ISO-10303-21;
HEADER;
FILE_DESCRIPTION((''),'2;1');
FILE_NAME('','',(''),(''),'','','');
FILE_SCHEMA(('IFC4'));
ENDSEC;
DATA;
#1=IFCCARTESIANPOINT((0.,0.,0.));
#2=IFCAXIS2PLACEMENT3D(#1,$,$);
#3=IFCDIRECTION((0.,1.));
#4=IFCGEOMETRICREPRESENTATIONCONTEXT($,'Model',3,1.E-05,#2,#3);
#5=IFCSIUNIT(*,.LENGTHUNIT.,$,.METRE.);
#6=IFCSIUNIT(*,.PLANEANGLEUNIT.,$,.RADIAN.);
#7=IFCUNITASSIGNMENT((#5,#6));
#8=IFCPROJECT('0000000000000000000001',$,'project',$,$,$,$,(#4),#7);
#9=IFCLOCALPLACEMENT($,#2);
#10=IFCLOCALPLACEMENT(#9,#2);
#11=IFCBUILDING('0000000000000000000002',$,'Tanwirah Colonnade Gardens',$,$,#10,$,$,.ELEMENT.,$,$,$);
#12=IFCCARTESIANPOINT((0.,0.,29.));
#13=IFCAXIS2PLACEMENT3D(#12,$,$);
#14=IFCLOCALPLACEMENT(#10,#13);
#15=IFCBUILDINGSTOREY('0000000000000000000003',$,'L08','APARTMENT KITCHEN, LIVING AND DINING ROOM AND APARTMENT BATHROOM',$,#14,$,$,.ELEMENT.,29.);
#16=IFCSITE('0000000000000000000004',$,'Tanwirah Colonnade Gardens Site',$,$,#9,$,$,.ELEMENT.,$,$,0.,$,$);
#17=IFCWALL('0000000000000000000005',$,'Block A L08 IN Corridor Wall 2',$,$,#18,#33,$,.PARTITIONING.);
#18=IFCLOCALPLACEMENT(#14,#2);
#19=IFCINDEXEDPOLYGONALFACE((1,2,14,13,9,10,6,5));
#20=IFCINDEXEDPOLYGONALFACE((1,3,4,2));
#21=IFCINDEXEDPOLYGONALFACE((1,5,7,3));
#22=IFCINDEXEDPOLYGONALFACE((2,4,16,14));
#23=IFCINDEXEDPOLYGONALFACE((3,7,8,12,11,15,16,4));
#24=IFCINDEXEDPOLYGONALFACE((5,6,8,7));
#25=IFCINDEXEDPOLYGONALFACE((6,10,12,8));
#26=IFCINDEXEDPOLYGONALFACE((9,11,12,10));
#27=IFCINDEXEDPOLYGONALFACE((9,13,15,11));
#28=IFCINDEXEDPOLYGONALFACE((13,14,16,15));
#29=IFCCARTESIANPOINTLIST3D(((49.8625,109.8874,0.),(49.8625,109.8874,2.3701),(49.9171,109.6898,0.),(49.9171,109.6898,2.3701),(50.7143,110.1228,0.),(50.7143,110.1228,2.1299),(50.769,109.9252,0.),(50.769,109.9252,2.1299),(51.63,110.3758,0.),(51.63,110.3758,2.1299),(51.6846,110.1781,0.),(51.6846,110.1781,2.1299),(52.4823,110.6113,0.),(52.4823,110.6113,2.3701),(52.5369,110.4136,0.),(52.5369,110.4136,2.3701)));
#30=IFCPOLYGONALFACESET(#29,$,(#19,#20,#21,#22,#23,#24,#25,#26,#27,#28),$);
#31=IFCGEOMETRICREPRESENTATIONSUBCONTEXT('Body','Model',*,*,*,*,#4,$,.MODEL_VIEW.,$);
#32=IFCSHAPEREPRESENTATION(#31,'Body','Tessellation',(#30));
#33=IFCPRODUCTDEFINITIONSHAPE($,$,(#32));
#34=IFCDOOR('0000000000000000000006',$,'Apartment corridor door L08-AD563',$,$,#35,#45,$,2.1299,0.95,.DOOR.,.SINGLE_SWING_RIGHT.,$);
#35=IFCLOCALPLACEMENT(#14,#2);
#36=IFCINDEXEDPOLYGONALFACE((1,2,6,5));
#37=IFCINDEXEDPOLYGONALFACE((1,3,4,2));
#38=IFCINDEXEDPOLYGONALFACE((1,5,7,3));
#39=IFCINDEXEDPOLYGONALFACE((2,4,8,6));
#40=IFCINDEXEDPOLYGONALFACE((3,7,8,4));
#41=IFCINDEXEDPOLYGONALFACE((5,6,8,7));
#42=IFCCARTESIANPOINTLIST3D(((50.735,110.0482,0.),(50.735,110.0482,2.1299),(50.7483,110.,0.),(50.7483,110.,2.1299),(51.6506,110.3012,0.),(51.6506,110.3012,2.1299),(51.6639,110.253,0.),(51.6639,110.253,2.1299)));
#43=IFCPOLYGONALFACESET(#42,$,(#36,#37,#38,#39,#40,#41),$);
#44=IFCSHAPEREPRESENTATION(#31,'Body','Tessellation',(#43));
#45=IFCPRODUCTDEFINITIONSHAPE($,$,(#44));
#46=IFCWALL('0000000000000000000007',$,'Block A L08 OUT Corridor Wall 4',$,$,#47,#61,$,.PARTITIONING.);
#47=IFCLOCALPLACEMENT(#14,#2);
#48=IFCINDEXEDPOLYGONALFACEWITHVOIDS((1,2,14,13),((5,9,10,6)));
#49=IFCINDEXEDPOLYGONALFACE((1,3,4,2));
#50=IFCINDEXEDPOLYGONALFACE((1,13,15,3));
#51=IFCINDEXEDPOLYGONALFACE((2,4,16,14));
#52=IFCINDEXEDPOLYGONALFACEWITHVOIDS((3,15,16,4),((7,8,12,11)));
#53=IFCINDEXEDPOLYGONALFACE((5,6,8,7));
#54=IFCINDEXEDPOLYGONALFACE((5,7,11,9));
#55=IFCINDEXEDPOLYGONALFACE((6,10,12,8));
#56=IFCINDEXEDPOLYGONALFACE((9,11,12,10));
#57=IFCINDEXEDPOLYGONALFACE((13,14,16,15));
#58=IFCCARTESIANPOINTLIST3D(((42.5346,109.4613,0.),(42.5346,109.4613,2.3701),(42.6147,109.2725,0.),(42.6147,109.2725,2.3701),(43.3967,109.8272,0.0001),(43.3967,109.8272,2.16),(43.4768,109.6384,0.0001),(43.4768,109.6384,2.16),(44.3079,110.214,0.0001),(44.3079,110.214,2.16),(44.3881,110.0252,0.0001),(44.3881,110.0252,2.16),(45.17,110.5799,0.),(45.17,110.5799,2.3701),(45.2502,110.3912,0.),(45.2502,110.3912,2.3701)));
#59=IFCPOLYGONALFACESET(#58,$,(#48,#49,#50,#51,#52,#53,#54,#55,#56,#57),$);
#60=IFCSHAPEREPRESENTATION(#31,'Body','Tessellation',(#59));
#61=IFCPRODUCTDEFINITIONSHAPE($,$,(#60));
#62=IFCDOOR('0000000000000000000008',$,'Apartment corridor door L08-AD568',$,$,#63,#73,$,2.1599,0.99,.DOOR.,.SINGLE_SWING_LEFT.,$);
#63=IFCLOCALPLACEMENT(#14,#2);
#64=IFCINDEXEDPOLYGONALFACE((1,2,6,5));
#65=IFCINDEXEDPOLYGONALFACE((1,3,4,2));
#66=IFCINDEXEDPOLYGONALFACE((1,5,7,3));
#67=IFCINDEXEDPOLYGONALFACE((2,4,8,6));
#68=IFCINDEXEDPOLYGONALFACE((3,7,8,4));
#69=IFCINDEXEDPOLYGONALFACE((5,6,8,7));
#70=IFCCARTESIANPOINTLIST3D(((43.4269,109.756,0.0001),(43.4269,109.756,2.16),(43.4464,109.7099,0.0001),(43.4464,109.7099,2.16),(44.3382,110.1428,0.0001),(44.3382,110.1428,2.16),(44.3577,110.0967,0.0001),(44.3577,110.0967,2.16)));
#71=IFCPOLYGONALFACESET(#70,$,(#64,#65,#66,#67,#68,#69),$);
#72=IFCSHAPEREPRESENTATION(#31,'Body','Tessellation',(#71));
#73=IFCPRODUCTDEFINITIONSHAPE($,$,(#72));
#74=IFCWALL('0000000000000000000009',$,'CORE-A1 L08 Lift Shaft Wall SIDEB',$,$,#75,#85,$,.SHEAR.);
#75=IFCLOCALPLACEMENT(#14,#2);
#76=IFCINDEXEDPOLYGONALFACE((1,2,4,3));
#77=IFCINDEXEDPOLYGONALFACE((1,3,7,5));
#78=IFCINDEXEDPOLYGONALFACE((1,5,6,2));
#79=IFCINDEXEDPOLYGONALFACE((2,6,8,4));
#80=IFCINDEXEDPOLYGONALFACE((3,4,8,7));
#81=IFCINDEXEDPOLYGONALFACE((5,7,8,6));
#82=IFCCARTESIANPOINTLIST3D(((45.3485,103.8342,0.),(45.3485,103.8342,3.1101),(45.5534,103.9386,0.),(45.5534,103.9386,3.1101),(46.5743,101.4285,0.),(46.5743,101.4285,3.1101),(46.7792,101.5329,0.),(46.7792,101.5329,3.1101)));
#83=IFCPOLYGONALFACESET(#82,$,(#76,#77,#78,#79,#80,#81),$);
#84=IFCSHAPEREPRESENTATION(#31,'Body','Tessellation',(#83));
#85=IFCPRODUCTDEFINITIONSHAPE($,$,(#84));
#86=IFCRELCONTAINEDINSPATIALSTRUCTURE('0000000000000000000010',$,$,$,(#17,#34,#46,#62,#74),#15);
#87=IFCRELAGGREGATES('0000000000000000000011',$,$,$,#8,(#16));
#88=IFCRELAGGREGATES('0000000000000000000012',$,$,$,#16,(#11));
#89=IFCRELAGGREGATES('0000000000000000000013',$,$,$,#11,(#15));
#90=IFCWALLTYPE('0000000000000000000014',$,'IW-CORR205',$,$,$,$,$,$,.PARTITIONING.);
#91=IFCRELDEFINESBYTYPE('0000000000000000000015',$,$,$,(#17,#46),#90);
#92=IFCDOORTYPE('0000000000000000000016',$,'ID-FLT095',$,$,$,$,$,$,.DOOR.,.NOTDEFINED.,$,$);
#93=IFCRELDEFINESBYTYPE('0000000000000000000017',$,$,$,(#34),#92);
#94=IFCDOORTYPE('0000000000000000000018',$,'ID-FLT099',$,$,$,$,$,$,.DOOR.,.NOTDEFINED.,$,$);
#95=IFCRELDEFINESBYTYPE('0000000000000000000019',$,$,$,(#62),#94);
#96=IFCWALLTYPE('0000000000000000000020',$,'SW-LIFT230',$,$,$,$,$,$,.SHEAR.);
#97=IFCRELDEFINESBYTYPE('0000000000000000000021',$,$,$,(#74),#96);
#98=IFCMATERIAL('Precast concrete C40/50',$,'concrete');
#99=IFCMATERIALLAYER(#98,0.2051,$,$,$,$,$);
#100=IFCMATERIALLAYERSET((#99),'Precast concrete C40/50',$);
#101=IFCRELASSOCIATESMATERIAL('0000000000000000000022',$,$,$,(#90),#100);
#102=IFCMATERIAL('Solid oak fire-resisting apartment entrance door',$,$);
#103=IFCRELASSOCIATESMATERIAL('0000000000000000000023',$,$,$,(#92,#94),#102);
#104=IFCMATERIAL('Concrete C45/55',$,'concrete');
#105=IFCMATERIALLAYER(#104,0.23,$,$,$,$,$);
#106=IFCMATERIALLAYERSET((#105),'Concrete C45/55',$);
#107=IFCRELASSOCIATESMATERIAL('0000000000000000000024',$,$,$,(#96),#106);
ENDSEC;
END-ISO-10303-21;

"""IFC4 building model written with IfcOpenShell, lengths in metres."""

from ifc_helpers import new_model, si_unit, direction, frame, frame_2d, origin, place, context, subcontext, project, spatial, rectangle, extrude, material, layer, layer_set, type_object, element, fill, save


model = new_model("IFC4")

# Units and contexts
model_context = context("Model", 3, precision=1e-05, world=origin(), true_north=direction((0.0, 1.0)))
body_context = subcontext(model_context, "Body", "Model", "MODEL_VIEW")
ifc_project = project(units=[si_unit("LENGTHUNIT", "METRE"), si_unit("PLANEANGLEUNIT", "RADIAN")], contexts=[model_context])

# Site, building, storey
site_placement = place(None, origin())
site = spatial("IfcSite", under=ifc_project, at=site_placement, Name="Tanwirah Colonnade Gardens Site", CompositionType="ELEMENT", RefElevation=0.0)
building_placement = place(site_placement, origin())
building = spatial("IfcBuilding", under=site, at=building_placement, Name="Tanwirah Colonnade Gardens", CompositionType="ELEMENT")
storey_placement = place(building_placement, frame((0.0, 0.0, 29.0)))
storey = spatial("IfcBuildingStorey", under=building, at=storey_placement, Name="L08", Description="APARTMENT KITCHEN, LIVING AND DINING ROOM AND APARTMENT BATHROOM", CompositionType="ELEMENT", Elevation=29.0)

# Shared definitions
ifc_material_1 = material(Name="Precast concrete C40/50", Category="concrete")

# Walls, openings, doors
ifc_layer_1 = layer(ifc_material_1, 0.2051)
ifc_layer_set_1 = layer_set([ifc_layer_1], Name="Precast concrete C40/50")
wall_type_1 = type_object("IfcWallType", Name="IW-CORR205", PredefinedType="PARTITIONING", material=ifc_layer_set_1)
wall_1_placement = place(storey_placement, frame((52.5095, 110.5125, 0.0), z_axis=(0.0, 0.0, 1.0), x_axis=(-0.963884, -0.266323, 0.0)))
wall_1 = element("IfcWall", 1, at=wall_1_placement, inside=storey, type_object=wall_type_1, Name="Block A L08 IN Corridor Wall 2", PredefinedType="PARTITIONING", context=body_context, shape_type="SweptSolid", body=[
    extrude(rectangle(XDim=2.718, YDim=0.2051, at=frame_2d((1.3589, 0.0))), origin(), (0.0, 0.0, 1.0), 2.3701),
])
opening_1_placement = place(wall_1_placement, frame((0.884, 0.0, 0.0)))
opening_1 = element("IfcOpeningElement", 2, at=opening_1_placement, cuts=wall_1, PredefinedType="OPENING", context=body_context, shape_type="SweptSolid", body=[
    extrude(rectangle(XDim=0.95, YDim=2.1299, at=frame_2d((0.4751, 1.0649))), frame((0.0, 0.1125, 0.0), z_axis=(0.0, -1.0, 0.0), x_axis=(1.0, 0.0, 0.0)), (0.0, 0.0, 1.0), 0.2251),
])
ifc_material_2 = material(Name="Solid oak fire-resisting apartment entrance door")
door_type_1 = type_object("IfcDoorType", Name="ID-FLT095", OperationType="NOTDEFINED", PredefinedType="DOOR", material=ifc_material_2)
door_1_placement = place(opening_1_placement, origin())
door_1 = element("IfcDoor", 3, at=door_1_placement, inside=storey, type_object=door_type_1, Name="Apartment corridor door L08-AD563", OperationType="SINGLE_SWING_RIGHT", OverallHeight=2.1299, OverallWidth=0.95, PredefinedType="DOOR", context=body_context, shape_type="SweptSolid", body=[
    extrude(rectangle(XDim=0.95, YDim=2.1299, at=frame_2d((0.4751, 1.0649))), frame((0.0, 0.0249, 0.0), z_axis=(0.0, -1.0, 0.0), x_axis=(1.0, 0.0, 0.0)), (0.0, 0.0, 1.0), 0.05),
])
fill(opening_1, door_1)
wall_2_placement = place(storey_placement, frame((45.2102, 110.4856, 0.0), z_axis=(0.0, 0.0, 1.0), x_axis=(-0.920511, -0.390716, 0.0)))
wall_2 = element("IfcWall", 4, at=wall_2_placement, inside=storey, type_object=wall_type_1, Name="Block A L08 OUT Corridor Wall 4", PredefinedType="PARTITIONING", context=body_context, shape_type="SweptSolid", body=[
    extrude(rectangle(XDim=2.863, YDim=0.2051, at=frame_2d((1.4316, 0.0))), origin(), (0.0, 0.0, 1.0), 2.3701),
])
opening_2_placement = place(wall_2_placement, frame((0.9365, 0.0, 0.0)))
opening_2 = element("IfcOpeningElement", 5, at=opening_2_placement, cuts=wall_2, PredefinedType="OPENING", context=body_context, shape_type="SweptSolid", body=[
    extrude(rectangle(XDim=0.99, YDim=2.1599, at=frame_2d((0.4951, 1.0801))), frame((0.0, 0.1125, 0.0), z_axis=(0.0, -1.0, 0.0), x_axis=(1.0, 0.0, 0.0)), (0.0, 0.0, 1.0), 0.2251),
])
door_type_2 = type_object("IfcDoorType", Name="ID-FLT099", OperationType="NOTDEFINED", PredefinedType="DOOR", material=ifc_material_2)
door_2_placement = place(opening_2_placement, origin())
door_2 = element("IfcDoor", 6, at=door_2_placement, inside=storey, type_object=door_type_2, Name="Apartment corridor door L08-AD568", OperationType="SINGLE_SWING_LEFT", OverallHeight=2.1599, OverallWidth=0.99, PredefinedType="DOOR", context=body_context, shape_type="SweptSolid", body=[
    extrude(rectangle(XDim=0.99, YDim=2.1599, at=frame_2d((0.4951, 1.0801))), frame((0.0, 0.0249, 0.0), z_axis=(0.0, -1.0, 0.0), x_axis=(1.0, 0.0, 0.0)), (0.0, 0.0, 1.0), 0.05),
])
fill(opening_2, door_2)

# Wall
ifc_material_3 = material(Name="Concrete C45/55", Category="concrete")
ifc_layer_2 = layer(ifc_material_3, 0.23)
ifc_layer_set_2 = layer_set([ifc_layer_2], Name="Concrete C45/55")
wall_type_2 = type_object("IfcWallType", Name="SW-LIFT230", PredefinedType="SHEAR", material=ifc_layer_set_2)
wall_3_placement = place(storey_placement, frame((45.4509, 103.8865, 0.0), z_axis=(0.0, 0.0, 1.0), x_axis=(0.454, -0.891002, 0.0)))
element("IfcWall", 7, at=wall_3_placement, inside=storey, type_object=wall_type_2, Name="CORE-A1 L08 Lift Shaft Wall SIDEB", PredefinedType="SHEAR", context=body_context, shape_type="SweptSolid", body=[
    extrude(rectangle(XDim=2.7, YDim=0.23, at=frame_2d((1.3501, 0.0))), origin(), (0.0, 0.0, 1.0), 3.1101),
])

save(model, "model.ifc")
